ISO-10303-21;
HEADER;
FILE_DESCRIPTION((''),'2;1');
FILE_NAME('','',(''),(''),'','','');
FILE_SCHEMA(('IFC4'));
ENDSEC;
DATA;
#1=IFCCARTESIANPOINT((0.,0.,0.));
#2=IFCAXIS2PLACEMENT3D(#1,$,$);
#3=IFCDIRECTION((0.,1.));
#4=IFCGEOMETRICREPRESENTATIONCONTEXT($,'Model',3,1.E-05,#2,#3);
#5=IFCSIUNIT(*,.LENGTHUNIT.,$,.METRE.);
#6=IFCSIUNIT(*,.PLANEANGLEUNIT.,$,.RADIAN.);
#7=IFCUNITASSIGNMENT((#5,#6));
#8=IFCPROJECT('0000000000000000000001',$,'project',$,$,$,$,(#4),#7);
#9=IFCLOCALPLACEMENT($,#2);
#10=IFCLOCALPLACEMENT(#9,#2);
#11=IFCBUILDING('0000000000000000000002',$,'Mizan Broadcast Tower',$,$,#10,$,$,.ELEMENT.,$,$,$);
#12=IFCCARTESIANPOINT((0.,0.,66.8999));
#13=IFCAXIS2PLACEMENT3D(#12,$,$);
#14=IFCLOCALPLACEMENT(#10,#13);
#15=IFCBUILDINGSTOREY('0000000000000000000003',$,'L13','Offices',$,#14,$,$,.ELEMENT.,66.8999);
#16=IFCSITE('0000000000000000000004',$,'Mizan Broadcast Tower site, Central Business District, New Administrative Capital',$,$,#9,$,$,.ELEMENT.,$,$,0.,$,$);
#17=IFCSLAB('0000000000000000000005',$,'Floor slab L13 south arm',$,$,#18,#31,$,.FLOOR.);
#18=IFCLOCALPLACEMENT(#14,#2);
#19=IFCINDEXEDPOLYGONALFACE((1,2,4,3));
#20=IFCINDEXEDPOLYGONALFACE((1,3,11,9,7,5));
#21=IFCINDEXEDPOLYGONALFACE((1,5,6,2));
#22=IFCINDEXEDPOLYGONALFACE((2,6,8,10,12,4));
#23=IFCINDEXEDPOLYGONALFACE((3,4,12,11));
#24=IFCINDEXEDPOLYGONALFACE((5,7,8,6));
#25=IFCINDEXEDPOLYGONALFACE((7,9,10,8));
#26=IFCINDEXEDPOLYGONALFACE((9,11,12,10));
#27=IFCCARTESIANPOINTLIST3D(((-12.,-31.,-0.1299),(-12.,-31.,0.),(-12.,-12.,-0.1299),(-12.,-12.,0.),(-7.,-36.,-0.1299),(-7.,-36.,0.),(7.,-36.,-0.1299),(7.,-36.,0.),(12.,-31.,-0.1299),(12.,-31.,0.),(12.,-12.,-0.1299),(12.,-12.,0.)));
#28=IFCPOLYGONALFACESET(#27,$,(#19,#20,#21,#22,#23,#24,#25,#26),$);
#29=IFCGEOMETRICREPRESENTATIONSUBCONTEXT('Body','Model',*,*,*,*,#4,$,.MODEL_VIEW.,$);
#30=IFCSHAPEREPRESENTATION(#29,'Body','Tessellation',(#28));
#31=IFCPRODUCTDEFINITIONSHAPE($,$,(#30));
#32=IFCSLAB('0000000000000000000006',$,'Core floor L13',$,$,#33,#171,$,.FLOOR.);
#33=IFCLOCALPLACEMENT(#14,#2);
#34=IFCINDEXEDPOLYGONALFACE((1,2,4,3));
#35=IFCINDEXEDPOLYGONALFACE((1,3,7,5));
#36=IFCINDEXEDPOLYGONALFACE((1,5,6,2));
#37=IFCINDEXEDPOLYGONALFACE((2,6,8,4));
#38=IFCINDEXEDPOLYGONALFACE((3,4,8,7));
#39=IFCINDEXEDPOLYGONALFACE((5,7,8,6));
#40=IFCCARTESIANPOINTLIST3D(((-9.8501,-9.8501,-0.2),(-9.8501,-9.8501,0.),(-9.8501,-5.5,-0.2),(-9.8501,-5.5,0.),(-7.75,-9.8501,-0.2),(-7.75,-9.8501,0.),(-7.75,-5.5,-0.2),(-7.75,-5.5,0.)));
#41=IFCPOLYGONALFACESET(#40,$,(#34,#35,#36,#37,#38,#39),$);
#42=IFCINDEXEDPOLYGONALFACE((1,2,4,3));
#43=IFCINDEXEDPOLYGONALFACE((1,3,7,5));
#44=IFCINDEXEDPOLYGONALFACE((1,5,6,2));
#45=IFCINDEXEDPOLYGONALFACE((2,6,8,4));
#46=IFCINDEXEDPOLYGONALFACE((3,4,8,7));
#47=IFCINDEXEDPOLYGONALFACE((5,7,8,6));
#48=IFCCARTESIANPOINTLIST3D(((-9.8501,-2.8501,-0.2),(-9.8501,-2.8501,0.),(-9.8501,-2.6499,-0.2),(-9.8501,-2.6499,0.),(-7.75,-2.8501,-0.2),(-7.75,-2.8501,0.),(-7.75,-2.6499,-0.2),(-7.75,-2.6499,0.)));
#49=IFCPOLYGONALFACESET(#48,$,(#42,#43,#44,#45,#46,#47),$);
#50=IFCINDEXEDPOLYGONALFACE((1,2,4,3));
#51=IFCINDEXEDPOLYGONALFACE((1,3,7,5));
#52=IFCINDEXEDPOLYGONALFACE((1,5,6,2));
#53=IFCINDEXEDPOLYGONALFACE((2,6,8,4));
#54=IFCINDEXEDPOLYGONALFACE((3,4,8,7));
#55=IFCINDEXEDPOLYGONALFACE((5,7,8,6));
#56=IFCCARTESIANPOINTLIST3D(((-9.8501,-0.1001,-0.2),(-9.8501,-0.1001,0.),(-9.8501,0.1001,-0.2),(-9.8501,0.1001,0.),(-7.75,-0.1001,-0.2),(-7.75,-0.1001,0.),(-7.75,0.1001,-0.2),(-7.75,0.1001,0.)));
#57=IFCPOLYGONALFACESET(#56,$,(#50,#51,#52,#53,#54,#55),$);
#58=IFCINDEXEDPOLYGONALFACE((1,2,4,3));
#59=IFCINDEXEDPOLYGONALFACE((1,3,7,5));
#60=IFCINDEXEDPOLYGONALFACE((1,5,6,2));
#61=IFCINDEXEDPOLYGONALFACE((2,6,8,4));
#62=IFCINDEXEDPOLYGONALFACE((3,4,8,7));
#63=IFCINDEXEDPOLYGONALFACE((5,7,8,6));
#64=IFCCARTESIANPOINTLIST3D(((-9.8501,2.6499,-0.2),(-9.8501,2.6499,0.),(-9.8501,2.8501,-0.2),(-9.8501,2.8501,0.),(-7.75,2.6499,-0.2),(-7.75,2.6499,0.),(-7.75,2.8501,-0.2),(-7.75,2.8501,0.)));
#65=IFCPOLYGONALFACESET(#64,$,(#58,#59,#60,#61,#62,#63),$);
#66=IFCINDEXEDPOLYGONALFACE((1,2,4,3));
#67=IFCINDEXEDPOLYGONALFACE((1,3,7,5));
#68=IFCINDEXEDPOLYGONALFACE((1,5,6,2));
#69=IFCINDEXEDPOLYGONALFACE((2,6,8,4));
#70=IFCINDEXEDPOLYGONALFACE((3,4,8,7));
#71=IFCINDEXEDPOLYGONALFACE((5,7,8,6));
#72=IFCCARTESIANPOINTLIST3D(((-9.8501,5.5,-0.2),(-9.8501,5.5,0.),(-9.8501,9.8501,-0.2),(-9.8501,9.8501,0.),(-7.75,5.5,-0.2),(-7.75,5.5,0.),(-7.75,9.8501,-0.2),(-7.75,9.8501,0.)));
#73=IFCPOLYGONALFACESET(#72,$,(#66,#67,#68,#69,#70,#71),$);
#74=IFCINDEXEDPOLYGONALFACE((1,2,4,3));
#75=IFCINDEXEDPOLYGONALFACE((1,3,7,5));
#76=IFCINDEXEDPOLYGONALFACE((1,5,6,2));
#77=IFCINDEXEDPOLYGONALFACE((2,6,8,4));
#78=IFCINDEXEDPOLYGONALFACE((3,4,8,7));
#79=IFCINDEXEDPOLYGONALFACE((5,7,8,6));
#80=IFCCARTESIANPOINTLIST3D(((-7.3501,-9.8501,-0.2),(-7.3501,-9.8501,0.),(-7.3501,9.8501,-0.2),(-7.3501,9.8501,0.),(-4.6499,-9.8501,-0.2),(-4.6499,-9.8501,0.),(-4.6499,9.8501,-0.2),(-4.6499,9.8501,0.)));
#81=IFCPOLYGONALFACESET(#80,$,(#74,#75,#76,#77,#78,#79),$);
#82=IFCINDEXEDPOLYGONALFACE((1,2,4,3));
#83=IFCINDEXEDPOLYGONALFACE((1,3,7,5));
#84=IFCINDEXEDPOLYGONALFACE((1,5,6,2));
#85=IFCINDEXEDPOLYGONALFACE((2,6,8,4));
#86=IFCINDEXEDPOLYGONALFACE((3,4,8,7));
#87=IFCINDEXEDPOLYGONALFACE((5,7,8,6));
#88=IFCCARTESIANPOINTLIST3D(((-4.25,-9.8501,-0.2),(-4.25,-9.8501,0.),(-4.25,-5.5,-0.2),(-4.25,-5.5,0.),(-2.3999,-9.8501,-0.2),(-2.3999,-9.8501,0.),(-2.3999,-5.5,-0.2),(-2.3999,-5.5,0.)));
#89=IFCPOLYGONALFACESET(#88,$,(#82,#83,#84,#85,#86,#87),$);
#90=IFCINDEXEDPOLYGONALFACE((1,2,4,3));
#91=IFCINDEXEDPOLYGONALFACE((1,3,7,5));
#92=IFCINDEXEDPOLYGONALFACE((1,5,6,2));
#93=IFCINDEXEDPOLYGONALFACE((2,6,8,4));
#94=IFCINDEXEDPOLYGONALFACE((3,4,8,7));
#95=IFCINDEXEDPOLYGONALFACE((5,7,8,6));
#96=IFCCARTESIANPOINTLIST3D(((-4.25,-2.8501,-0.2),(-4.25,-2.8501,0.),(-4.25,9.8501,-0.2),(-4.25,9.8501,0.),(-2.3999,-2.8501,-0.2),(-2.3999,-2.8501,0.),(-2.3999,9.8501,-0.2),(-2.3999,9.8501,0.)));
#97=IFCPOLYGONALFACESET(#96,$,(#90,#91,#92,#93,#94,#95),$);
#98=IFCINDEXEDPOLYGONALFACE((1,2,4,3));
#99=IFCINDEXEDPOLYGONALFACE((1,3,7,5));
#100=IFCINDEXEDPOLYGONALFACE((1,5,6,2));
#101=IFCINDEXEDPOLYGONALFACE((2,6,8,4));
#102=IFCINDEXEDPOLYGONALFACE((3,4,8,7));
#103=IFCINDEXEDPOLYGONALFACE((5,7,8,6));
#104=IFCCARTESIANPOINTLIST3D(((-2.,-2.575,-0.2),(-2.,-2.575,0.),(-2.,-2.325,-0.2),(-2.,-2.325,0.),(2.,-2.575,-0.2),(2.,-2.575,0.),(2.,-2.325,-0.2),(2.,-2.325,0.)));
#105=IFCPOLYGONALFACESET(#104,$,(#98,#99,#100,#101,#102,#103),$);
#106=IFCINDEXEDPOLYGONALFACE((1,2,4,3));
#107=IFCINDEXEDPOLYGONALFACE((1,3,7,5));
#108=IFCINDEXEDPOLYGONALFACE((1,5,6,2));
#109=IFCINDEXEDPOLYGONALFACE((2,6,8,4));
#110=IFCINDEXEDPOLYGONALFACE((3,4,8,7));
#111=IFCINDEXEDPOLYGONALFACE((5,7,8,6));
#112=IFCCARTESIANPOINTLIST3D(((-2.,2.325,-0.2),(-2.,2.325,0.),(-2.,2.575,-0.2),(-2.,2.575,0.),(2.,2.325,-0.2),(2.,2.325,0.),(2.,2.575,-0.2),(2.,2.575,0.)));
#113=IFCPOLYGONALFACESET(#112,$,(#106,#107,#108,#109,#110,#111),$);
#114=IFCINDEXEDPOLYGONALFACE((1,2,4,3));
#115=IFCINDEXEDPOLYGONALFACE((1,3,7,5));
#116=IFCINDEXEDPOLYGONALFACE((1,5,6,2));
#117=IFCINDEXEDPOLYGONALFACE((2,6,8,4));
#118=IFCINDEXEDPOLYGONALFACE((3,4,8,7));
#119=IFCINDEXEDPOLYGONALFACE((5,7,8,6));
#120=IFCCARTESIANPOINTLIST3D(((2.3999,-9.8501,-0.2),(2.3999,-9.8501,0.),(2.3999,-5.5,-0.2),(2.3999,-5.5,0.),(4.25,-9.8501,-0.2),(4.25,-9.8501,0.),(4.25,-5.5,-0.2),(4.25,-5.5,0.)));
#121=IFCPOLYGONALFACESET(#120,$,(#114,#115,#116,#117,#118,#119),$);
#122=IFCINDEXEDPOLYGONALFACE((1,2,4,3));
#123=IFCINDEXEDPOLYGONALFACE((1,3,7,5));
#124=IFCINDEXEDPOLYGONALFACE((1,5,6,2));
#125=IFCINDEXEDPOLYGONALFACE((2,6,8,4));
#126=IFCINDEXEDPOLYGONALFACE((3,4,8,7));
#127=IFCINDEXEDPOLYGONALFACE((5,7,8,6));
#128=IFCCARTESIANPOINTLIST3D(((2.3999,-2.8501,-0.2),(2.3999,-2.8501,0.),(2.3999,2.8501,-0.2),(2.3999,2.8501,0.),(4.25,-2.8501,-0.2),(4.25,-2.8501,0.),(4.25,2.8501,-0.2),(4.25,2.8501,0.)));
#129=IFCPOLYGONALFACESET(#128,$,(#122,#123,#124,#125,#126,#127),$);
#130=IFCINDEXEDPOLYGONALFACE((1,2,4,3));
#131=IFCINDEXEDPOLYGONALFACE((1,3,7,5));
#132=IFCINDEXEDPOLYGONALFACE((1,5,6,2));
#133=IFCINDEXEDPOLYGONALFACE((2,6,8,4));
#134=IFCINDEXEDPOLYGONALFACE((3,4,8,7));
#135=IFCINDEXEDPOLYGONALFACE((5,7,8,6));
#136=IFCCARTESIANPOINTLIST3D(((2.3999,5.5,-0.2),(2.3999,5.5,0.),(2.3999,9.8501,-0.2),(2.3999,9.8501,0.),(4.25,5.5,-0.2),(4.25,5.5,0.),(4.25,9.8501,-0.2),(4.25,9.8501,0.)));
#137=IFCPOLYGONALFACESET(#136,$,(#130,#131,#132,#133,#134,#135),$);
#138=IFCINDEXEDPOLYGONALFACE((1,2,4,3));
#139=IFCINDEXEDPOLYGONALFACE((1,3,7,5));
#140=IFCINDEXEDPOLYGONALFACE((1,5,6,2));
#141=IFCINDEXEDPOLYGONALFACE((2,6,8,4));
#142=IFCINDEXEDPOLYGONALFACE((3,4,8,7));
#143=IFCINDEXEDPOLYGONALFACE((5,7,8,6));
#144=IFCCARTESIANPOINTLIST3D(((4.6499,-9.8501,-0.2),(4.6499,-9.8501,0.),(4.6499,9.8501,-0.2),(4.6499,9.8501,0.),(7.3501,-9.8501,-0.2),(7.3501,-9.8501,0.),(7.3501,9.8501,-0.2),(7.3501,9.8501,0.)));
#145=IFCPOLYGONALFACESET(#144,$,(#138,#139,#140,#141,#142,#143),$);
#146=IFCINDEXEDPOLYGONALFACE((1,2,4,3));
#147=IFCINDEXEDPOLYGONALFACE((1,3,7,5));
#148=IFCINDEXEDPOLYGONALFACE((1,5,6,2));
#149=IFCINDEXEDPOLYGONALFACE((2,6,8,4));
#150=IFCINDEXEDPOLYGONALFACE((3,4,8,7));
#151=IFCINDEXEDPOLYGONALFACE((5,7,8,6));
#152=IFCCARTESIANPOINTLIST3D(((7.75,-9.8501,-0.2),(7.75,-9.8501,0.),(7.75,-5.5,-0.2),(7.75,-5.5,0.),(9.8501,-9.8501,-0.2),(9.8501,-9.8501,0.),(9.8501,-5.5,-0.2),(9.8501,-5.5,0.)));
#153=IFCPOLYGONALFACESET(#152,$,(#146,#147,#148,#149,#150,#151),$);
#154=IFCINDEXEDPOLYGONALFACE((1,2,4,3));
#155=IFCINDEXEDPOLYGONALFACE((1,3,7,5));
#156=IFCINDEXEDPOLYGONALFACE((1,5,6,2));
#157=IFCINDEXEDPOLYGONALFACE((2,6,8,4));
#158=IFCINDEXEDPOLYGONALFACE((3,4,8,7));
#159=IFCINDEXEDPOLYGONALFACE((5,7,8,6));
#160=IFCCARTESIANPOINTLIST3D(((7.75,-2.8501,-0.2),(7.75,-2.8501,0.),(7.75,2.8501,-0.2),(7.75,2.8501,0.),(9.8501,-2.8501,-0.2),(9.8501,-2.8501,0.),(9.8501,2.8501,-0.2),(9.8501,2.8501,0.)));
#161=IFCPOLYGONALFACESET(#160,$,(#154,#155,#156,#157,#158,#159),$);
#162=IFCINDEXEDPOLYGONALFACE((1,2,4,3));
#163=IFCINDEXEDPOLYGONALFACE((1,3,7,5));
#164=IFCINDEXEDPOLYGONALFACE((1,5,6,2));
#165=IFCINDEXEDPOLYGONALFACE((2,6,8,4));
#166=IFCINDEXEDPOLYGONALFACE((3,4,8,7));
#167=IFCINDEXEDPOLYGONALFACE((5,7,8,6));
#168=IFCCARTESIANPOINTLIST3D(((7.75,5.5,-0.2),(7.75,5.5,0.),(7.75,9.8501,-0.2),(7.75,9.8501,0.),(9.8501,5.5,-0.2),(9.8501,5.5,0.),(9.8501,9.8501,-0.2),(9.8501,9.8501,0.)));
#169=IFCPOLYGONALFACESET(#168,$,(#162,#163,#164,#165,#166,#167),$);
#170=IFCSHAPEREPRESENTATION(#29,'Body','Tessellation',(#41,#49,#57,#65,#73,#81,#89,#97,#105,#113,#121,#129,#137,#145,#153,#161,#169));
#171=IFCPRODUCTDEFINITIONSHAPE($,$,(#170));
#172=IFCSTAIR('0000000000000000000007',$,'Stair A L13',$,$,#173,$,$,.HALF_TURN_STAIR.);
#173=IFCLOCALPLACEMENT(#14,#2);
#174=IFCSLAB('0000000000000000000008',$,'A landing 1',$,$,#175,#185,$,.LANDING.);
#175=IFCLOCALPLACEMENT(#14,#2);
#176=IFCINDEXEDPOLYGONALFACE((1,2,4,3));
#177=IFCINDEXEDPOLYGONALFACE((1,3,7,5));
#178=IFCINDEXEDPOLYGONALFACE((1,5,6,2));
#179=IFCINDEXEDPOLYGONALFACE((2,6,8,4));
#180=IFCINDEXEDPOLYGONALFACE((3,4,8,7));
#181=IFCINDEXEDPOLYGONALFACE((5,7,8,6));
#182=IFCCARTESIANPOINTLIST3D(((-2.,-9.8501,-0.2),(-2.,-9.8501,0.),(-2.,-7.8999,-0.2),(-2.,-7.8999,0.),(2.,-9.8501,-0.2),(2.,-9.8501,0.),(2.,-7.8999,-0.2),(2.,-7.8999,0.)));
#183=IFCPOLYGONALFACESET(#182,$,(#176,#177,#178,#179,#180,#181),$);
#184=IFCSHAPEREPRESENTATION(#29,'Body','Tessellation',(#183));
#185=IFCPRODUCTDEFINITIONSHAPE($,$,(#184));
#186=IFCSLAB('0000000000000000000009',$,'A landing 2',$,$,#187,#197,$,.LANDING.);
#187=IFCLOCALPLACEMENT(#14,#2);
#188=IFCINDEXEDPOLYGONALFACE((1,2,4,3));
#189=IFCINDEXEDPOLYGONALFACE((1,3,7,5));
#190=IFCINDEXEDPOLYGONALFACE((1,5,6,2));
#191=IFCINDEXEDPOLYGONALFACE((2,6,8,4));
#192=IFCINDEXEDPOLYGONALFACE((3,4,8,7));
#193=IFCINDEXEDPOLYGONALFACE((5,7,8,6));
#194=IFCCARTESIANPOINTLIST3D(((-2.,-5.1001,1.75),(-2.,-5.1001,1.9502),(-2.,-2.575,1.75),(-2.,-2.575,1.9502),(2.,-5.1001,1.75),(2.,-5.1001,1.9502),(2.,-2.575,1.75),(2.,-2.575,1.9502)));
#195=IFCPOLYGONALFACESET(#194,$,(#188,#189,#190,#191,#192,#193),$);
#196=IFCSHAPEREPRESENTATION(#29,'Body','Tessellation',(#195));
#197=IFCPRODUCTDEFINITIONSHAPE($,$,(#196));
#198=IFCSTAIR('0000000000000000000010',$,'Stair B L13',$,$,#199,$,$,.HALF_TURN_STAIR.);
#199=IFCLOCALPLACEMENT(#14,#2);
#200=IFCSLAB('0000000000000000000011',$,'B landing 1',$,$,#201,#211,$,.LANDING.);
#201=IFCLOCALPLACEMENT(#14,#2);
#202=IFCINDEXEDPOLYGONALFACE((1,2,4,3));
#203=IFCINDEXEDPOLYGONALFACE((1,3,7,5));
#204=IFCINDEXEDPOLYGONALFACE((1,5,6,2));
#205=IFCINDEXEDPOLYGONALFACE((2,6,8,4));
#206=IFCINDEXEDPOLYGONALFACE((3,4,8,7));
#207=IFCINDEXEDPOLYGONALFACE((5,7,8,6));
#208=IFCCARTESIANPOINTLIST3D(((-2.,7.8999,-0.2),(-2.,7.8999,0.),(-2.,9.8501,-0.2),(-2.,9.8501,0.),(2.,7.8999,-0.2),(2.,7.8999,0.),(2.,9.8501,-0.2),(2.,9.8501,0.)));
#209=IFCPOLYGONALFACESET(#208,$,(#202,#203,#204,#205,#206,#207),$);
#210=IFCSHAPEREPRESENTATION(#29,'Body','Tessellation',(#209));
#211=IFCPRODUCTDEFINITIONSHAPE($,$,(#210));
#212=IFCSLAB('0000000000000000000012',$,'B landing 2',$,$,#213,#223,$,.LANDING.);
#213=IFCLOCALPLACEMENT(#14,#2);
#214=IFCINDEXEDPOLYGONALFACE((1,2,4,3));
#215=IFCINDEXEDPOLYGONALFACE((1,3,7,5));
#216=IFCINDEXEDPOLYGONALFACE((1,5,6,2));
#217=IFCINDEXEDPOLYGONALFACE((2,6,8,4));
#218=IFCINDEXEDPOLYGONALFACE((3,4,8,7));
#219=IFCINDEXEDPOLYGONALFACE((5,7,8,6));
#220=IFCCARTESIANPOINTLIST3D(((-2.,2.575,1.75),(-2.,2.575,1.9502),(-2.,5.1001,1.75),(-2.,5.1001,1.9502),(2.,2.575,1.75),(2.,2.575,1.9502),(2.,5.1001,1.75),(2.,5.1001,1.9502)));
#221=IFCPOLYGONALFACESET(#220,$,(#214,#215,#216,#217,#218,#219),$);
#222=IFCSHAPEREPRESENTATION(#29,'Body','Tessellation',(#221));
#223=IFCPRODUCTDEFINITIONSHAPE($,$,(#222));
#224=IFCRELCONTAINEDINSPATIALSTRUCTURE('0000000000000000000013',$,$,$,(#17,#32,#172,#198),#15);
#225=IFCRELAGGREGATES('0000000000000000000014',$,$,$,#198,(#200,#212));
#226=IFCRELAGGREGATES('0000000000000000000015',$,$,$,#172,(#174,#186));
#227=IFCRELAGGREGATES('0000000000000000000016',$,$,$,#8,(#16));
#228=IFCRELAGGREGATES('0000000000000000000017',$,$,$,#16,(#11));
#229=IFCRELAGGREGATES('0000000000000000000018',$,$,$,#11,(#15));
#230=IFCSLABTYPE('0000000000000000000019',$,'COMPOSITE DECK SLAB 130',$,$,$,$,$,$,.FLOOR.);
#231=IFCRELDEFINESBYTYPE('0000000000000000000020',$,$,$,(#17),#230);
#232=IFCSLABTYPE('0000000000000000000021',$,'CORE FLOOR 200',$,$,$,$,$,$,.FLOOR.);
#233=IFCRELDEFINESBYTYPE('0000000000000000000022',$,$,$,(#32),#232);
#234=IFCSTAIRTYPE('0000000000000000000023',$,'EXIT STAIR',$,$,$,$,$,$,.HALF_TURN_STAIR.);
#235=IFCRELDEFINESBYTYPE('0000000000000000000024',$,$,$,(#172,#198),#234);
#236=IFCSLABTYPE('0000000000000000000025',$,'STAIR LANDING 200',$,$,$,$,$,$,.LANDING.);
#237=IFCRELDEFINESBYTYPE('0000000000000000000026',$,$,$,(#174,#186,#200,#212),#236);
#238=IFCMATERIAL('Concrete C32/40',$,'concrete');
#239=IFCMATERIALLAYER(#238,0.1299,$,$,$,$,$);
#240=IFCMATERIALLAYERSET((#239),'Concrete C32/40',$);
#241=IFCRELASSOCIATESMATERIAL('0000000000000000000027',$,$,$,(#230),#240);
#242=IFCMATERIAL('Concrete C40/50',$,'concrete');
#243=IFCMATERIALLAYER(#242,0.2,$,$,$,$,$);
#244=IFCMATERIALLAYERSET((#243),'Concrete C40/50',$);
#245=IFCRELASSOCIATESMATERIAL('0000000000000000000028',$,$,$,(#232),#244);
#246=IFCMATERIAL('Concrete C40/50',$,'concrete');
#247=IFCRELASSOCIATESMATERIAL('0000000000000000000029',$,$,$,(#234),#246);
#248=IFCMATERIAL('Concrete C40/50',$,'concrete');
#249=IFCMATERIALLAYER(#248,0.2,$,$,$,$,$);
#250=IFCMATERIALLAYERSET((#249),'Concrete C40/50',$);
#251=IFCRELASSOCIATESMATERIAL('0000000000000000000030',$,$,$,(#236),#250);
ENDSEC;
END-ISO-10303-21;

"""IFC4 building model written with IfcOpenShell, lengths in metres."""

from ifc_helpers import new_model, si_unit, direction, frame, origin, place, context, subcontext, project, spatial, polyline, outline, extrude, material, layer, layer_set, type_object, element, aggregate, save


model = new_model("IFC4")

# Units and contexts
model_context = context("Model", 3, precision=1e-05, world=origin(), true_north=direction((0.0, 1.0)))
body_context = subcontext(model_context, "Body", "Model", "MODEL_VIEW")
ifc_project = project(units=[si_unit("LENGTHUNIT", "METRE"), si_unit("PLANEANGLEUNIT", "RADIAN")], contexts=[model_context])

# Site, building, storey
site_placement = place(None, origin())
site = spatial("IfcSite", under=ifc_project, at=site_placement, Name="Mizan Broadcast Tower site, Central Business District, New Administrative Capital", CompositionType="ELEMENT", RefElevation=0.0)
building_placement = place(site_placement, origin())
building = spatial("IfcBuilding", under=site, at=building_placement, Name="Mizan Broadcast Tower", CompositionType="ELEMENT")
storey_placement = place(building_placement, frame((0.0, 0.0, 66.8999)))
storey = spatial("IfcBuildingStorey", under=building, at=storey_placement, Name="L13", Description="Offices", CompositionType="ELEMENT", Elevation=66.8999)

# Slabs
ifc_material_1 = material(Name="Concrete C32/40", Category="concrete")
ifc_layer_1 = layer(ifc_material_1, 0.1299)
ifc_layer_set_1 = layer_set([ifc_layer_1], Name="Concrete C32/40")
slab_type_1 = type_object("IfcSlabType", Name="COMPOSITE DECK SLAB 130", PredefinedType="FLOOR", material=ifc_layer_set_1)
slab_1_placement = place(storey_placement, frame((0.0, 0.0, -0.1299)))
element("IfcSlab", 1, at=slab_1_placement, inside=storey, type_object=slab_type_1, Name="Floor slab L13 south arm", PredefinedType="FLOOR", context=body_context, shape_type="SweptSolid", body=[
    extrude(outline(polyline([(7.0, -36.0), (12.0, -31.0), (12.0, -12.0), (-12.0, -12.0), (-12.0, -31.0), (-7.0, -36.0), (7.0, -36.0)])), origin(), (0.0, 0.0, 1.0), 0.1299),
])
ifc_material_2 = material(Name="Concrete C40/50", Category="concrete")
ifc_layer_2 = layer(ifc_material_2, 0.2)
ifc_layer_set_2 = layer_set([ifc_layer_2], Name="Concrete C40/50")
slab_type_2 = type_object("IfcSlabType", Name="CORE FLOOR 200", PredefinedType="FLOOR", material=ifc_layer_set_2)
slab_2_placement = place(storey_placement, frame((0.0, 0.0, -0.2)))
element("IfcSlab", 2, at=slab_2_placement, inside=storey, type_object=slab_type_2, Name="Core floor L13", PredefinedType="FLOOR", context=body_context, shape_type="SweptSolid", body=[
    extrude(outline(polyline([(-9.8501, -9.8501), (-7.75, -9.8501), (-7.75, -5.5), (-9.8501, -5.5), (-9.8501, -9.8501)])), origin(), (0.0, 0.0, 1.0), 0.2),
    extrude(outline(polyline([(-9.8501, -2.8501), (-7.75, -2.8501), (-7.75, -2.6499), (-9.8501, -2.6499), (-9.8501, -2.8501)])), origin(), (0.0, 0.0, 1.0), 0.2),
    extrude(outline(polyline([(-9.8501, -0.1001), (-7.75, -0.1001), (-7.75, 0.1001), (-9.8501, 0.1001), (-9.8501, -0.1001)])), origin(), (0.0, 0.0, 1.0), 0.2),
    extrude(outline(polyline([(-9.8501, 2.6499), (-7.75, 2.6499), (-7.75, 2.8501), (-9.8501, 2.8501), (-9.8501, 2.6499)])), origin(), (0.0, 0.0, 1.0), 0.2),
    extrude(outline(polyline([(-9.8501, 5.5), (-7.75, 5.5), (-7.75, 9.8501), (-9.8501, 9.8501), (-9.8501, 5.5)])), origin(), (0.0, 0.0, 1.0), 0.2),
    extrude(outline(polyline([(-4.6499, 9.8501), (-7.3501, 9.8501), (-7.3501, -9.8501), (-4.6499, -9.8501), (-4.6499, 9.8501)])), origin(), (0.0, 0.0, 1.0), 0.2),
    extrude(outline(polyline([(-4.25, -5.5), (-4.25, -9.8501), (-2.3999, -9.8501), (-2.3999, -5.5), (-4.25, -5.5)])), origin(), (0.0, 0.0, 1.0), 0.2),
    extrude(outline(polyline([(-4.25, -2.8501), (-2.3999, -2.8501), (-2.3999, 9.8501), (-4.25, 9.8501), (-4.25, -2.8501)])), origin(), (0.0, 0.0, 1.0), 0.2),
    extrude(outline(polyline([(2.0, -2.325), (-2.0, -2.325), (-2.0, -2.575), (2.0, -2.575), (2.0, -2.325)])), origin(), (0.0, 0.0, 1.0), 0.2),
    extrude(outline(polyline([(2.0, 2.575), (-2.0, 2.575), (-2.0, 2.325), (2.0, 2.325), (2.0, 2.575)])), origin(), (0.0, 0.0, 1.0), 0.2),
    extrude(outline(polyline([(4.25, -9.8501), (4.25, -5.5), (2.3999, -5.5), (2.3999, -9.8501), (4.25, -9.8501)])), origin(), (0.0, 0.0, 1.0), 0.2),
    extrude(outline(polyline([(4.25, -2.8501), (4.25, 2.8501), (2.3999, 2.8501), (2.3999, -2.8501), (4.25, -2.8501)])), origin(), (0.0, 0.0, 1.0), 0.2),
    extrude(outline(polyline([(4.25, 5.5), (4.25, 9.8501), (2.3999, 9.8501), (2.3999, 5.5), (4.25, 5.5)])), origin(), (0.0, 0.0, 1.0), 0.2),
    extrude(outline(polyline([(4.6499, 9.8501), (4.6499, -9.8501), (7.3501, -9.8501), (7.3501, 9.8501), (4.6499, 9.8501)])), origin(), (0.0, 0.0, 1.0), 0.2),
    extrude(outline(polyline([(9.8501, -9.8501), (9.8501, -5.5), (7.75, -5.5), (7.75, -9.8501), (9.8501, -9.8501)])), origin(), (0.0, 0.0, 1.0), 0.2),
    extrude(outline(polyline([(7.75, 2.8501), (7.75, -2.8501), (9.8501, -2.8501), (9.8501, 2.8501), (7.75, 2.8501)])), origin(), (0.0, 0.0, 1.0), 0.2),
    extrude(outline(polyline([(9.8501, 5.5), (9.8501, 9.8501), (7.75, 9.8501), (7.75, 5.5), (9.8501, 5.5)])), origin(), (0.0, 0.0, 1.0), 0.2),
])

# Stairs, slabs
ifc_material_3 = material(Name="Concrete C40/50", Category="concrete")
stair_type = type_object("IfcStairType", Name="EXIT STAIR", PredefinedType="HALF_TURN_STAIR", material=ifc_material_3)
stair_1_placement = place(storey_placement, origin())
stair_1 = element("IfcStair", 3, at=stair_1_placement, inside=storey, type_object=stair_type, Name="Stair A L13", PredefinedType="HALF_TURN_STAIR")
ifc_material_4 = material(Name="Concrete C40/50", Category="concrete")
ifc_layer_3 = layer(ifc_material_4, 0.2)
ifc_layer_set_3 = layer_set([ifc_layer_3], Name="Concrete C40/50")
slab_type_3 = type_object("IfcSlabType", Name="STAIR LANDING 200", PredefinedType="LANDING", material=ifc_layer_set_3)
slab_3_placement = place(storey_placement, frame((0.0, 0.0, -0.2)))
slab_3 = element("IfcSlab", 4, at=slab_3_placement, type_object=slab_type_3, Name="A landing 1", PredefinedType="LANDING", context=body_context, shape_type="SweptSolid", body=[
    extrude(outline(polyline([(-2.0, -9.8501), (-2.0, -7.8999), (2.0, -7.8999), (2.0, -9.8501), (-2.0, -9.8501)])), origin(), (0.0, 0.0, 1.0), 0.2),
])
slab_4_placement = place(storey_placement, frame((0.0, 0.0, 1.75)))
slab_4 = element("IfcSlab", 5, at=slab_4_placement, type_object=slab_type_3, Name="A landing 2", PredefinedType="LANDING", context=body_context, shape_type="SweptSolid", body=[
    extrude(outline(polyline([(-2.0, -5.1001), (-2.0, -2.575), (2.0, -2.575), (2.0, -5.1001), (-2.0, -5.1001)])), origin(), (0.0, 0.0, 1.0), 0.2002),
])
stair_2_placement = place(storey_placement, origin())
stair_2 = element("IfcStair", 6, at=stair_2_placement, inside=storey, type_object=stair_type, Name="Stair B L13", PredefinedType="HALF_TURN_STAIR")
slab_5_placement = place(storey_placement, frame((0.0, 0.0, -0.2)))
slab_5 = element("IfcSlab", 7, at=slab_5_placement, type_object=slab_type_3, Name="B landing 1", PredefinedType="LANDING", context=body_context, shape_type="SweptSolid", body=[
    extrude(outline(polyline([(2.0, 9.8501), (2.0, 7.8999), (-2.0, 7.8999), (-2.0, 9.8501), (2.0, 9.8501)])), origin(), (0.0, 0.0, 1.0), 0.2),
])
slab_6_placement = place(storey_placement, frame((0.0, 0.0, 1.75)))
slab_6 = element("IfcSlab", 8, at=slab_6_placement, type_object=slab_type_3, Name="B landing 2", PredefinedType="LANDING", context=body_context, shape_type="SweptSolid", body=[
    extrude(outline(polyline([(2.0, 5.1001), (2.0, 2.575), (-2.0, 2.575), (-2.0, 5.1001), (2.0, 5.1001)])), origin(), (0.0, 0.0, 1.0), 0.2002),
])
aggregate(stair_2, [slab_5, slab_6])

aggregate(stair_1, [slab_3, slab_4])

save(model, "model.ifc")
